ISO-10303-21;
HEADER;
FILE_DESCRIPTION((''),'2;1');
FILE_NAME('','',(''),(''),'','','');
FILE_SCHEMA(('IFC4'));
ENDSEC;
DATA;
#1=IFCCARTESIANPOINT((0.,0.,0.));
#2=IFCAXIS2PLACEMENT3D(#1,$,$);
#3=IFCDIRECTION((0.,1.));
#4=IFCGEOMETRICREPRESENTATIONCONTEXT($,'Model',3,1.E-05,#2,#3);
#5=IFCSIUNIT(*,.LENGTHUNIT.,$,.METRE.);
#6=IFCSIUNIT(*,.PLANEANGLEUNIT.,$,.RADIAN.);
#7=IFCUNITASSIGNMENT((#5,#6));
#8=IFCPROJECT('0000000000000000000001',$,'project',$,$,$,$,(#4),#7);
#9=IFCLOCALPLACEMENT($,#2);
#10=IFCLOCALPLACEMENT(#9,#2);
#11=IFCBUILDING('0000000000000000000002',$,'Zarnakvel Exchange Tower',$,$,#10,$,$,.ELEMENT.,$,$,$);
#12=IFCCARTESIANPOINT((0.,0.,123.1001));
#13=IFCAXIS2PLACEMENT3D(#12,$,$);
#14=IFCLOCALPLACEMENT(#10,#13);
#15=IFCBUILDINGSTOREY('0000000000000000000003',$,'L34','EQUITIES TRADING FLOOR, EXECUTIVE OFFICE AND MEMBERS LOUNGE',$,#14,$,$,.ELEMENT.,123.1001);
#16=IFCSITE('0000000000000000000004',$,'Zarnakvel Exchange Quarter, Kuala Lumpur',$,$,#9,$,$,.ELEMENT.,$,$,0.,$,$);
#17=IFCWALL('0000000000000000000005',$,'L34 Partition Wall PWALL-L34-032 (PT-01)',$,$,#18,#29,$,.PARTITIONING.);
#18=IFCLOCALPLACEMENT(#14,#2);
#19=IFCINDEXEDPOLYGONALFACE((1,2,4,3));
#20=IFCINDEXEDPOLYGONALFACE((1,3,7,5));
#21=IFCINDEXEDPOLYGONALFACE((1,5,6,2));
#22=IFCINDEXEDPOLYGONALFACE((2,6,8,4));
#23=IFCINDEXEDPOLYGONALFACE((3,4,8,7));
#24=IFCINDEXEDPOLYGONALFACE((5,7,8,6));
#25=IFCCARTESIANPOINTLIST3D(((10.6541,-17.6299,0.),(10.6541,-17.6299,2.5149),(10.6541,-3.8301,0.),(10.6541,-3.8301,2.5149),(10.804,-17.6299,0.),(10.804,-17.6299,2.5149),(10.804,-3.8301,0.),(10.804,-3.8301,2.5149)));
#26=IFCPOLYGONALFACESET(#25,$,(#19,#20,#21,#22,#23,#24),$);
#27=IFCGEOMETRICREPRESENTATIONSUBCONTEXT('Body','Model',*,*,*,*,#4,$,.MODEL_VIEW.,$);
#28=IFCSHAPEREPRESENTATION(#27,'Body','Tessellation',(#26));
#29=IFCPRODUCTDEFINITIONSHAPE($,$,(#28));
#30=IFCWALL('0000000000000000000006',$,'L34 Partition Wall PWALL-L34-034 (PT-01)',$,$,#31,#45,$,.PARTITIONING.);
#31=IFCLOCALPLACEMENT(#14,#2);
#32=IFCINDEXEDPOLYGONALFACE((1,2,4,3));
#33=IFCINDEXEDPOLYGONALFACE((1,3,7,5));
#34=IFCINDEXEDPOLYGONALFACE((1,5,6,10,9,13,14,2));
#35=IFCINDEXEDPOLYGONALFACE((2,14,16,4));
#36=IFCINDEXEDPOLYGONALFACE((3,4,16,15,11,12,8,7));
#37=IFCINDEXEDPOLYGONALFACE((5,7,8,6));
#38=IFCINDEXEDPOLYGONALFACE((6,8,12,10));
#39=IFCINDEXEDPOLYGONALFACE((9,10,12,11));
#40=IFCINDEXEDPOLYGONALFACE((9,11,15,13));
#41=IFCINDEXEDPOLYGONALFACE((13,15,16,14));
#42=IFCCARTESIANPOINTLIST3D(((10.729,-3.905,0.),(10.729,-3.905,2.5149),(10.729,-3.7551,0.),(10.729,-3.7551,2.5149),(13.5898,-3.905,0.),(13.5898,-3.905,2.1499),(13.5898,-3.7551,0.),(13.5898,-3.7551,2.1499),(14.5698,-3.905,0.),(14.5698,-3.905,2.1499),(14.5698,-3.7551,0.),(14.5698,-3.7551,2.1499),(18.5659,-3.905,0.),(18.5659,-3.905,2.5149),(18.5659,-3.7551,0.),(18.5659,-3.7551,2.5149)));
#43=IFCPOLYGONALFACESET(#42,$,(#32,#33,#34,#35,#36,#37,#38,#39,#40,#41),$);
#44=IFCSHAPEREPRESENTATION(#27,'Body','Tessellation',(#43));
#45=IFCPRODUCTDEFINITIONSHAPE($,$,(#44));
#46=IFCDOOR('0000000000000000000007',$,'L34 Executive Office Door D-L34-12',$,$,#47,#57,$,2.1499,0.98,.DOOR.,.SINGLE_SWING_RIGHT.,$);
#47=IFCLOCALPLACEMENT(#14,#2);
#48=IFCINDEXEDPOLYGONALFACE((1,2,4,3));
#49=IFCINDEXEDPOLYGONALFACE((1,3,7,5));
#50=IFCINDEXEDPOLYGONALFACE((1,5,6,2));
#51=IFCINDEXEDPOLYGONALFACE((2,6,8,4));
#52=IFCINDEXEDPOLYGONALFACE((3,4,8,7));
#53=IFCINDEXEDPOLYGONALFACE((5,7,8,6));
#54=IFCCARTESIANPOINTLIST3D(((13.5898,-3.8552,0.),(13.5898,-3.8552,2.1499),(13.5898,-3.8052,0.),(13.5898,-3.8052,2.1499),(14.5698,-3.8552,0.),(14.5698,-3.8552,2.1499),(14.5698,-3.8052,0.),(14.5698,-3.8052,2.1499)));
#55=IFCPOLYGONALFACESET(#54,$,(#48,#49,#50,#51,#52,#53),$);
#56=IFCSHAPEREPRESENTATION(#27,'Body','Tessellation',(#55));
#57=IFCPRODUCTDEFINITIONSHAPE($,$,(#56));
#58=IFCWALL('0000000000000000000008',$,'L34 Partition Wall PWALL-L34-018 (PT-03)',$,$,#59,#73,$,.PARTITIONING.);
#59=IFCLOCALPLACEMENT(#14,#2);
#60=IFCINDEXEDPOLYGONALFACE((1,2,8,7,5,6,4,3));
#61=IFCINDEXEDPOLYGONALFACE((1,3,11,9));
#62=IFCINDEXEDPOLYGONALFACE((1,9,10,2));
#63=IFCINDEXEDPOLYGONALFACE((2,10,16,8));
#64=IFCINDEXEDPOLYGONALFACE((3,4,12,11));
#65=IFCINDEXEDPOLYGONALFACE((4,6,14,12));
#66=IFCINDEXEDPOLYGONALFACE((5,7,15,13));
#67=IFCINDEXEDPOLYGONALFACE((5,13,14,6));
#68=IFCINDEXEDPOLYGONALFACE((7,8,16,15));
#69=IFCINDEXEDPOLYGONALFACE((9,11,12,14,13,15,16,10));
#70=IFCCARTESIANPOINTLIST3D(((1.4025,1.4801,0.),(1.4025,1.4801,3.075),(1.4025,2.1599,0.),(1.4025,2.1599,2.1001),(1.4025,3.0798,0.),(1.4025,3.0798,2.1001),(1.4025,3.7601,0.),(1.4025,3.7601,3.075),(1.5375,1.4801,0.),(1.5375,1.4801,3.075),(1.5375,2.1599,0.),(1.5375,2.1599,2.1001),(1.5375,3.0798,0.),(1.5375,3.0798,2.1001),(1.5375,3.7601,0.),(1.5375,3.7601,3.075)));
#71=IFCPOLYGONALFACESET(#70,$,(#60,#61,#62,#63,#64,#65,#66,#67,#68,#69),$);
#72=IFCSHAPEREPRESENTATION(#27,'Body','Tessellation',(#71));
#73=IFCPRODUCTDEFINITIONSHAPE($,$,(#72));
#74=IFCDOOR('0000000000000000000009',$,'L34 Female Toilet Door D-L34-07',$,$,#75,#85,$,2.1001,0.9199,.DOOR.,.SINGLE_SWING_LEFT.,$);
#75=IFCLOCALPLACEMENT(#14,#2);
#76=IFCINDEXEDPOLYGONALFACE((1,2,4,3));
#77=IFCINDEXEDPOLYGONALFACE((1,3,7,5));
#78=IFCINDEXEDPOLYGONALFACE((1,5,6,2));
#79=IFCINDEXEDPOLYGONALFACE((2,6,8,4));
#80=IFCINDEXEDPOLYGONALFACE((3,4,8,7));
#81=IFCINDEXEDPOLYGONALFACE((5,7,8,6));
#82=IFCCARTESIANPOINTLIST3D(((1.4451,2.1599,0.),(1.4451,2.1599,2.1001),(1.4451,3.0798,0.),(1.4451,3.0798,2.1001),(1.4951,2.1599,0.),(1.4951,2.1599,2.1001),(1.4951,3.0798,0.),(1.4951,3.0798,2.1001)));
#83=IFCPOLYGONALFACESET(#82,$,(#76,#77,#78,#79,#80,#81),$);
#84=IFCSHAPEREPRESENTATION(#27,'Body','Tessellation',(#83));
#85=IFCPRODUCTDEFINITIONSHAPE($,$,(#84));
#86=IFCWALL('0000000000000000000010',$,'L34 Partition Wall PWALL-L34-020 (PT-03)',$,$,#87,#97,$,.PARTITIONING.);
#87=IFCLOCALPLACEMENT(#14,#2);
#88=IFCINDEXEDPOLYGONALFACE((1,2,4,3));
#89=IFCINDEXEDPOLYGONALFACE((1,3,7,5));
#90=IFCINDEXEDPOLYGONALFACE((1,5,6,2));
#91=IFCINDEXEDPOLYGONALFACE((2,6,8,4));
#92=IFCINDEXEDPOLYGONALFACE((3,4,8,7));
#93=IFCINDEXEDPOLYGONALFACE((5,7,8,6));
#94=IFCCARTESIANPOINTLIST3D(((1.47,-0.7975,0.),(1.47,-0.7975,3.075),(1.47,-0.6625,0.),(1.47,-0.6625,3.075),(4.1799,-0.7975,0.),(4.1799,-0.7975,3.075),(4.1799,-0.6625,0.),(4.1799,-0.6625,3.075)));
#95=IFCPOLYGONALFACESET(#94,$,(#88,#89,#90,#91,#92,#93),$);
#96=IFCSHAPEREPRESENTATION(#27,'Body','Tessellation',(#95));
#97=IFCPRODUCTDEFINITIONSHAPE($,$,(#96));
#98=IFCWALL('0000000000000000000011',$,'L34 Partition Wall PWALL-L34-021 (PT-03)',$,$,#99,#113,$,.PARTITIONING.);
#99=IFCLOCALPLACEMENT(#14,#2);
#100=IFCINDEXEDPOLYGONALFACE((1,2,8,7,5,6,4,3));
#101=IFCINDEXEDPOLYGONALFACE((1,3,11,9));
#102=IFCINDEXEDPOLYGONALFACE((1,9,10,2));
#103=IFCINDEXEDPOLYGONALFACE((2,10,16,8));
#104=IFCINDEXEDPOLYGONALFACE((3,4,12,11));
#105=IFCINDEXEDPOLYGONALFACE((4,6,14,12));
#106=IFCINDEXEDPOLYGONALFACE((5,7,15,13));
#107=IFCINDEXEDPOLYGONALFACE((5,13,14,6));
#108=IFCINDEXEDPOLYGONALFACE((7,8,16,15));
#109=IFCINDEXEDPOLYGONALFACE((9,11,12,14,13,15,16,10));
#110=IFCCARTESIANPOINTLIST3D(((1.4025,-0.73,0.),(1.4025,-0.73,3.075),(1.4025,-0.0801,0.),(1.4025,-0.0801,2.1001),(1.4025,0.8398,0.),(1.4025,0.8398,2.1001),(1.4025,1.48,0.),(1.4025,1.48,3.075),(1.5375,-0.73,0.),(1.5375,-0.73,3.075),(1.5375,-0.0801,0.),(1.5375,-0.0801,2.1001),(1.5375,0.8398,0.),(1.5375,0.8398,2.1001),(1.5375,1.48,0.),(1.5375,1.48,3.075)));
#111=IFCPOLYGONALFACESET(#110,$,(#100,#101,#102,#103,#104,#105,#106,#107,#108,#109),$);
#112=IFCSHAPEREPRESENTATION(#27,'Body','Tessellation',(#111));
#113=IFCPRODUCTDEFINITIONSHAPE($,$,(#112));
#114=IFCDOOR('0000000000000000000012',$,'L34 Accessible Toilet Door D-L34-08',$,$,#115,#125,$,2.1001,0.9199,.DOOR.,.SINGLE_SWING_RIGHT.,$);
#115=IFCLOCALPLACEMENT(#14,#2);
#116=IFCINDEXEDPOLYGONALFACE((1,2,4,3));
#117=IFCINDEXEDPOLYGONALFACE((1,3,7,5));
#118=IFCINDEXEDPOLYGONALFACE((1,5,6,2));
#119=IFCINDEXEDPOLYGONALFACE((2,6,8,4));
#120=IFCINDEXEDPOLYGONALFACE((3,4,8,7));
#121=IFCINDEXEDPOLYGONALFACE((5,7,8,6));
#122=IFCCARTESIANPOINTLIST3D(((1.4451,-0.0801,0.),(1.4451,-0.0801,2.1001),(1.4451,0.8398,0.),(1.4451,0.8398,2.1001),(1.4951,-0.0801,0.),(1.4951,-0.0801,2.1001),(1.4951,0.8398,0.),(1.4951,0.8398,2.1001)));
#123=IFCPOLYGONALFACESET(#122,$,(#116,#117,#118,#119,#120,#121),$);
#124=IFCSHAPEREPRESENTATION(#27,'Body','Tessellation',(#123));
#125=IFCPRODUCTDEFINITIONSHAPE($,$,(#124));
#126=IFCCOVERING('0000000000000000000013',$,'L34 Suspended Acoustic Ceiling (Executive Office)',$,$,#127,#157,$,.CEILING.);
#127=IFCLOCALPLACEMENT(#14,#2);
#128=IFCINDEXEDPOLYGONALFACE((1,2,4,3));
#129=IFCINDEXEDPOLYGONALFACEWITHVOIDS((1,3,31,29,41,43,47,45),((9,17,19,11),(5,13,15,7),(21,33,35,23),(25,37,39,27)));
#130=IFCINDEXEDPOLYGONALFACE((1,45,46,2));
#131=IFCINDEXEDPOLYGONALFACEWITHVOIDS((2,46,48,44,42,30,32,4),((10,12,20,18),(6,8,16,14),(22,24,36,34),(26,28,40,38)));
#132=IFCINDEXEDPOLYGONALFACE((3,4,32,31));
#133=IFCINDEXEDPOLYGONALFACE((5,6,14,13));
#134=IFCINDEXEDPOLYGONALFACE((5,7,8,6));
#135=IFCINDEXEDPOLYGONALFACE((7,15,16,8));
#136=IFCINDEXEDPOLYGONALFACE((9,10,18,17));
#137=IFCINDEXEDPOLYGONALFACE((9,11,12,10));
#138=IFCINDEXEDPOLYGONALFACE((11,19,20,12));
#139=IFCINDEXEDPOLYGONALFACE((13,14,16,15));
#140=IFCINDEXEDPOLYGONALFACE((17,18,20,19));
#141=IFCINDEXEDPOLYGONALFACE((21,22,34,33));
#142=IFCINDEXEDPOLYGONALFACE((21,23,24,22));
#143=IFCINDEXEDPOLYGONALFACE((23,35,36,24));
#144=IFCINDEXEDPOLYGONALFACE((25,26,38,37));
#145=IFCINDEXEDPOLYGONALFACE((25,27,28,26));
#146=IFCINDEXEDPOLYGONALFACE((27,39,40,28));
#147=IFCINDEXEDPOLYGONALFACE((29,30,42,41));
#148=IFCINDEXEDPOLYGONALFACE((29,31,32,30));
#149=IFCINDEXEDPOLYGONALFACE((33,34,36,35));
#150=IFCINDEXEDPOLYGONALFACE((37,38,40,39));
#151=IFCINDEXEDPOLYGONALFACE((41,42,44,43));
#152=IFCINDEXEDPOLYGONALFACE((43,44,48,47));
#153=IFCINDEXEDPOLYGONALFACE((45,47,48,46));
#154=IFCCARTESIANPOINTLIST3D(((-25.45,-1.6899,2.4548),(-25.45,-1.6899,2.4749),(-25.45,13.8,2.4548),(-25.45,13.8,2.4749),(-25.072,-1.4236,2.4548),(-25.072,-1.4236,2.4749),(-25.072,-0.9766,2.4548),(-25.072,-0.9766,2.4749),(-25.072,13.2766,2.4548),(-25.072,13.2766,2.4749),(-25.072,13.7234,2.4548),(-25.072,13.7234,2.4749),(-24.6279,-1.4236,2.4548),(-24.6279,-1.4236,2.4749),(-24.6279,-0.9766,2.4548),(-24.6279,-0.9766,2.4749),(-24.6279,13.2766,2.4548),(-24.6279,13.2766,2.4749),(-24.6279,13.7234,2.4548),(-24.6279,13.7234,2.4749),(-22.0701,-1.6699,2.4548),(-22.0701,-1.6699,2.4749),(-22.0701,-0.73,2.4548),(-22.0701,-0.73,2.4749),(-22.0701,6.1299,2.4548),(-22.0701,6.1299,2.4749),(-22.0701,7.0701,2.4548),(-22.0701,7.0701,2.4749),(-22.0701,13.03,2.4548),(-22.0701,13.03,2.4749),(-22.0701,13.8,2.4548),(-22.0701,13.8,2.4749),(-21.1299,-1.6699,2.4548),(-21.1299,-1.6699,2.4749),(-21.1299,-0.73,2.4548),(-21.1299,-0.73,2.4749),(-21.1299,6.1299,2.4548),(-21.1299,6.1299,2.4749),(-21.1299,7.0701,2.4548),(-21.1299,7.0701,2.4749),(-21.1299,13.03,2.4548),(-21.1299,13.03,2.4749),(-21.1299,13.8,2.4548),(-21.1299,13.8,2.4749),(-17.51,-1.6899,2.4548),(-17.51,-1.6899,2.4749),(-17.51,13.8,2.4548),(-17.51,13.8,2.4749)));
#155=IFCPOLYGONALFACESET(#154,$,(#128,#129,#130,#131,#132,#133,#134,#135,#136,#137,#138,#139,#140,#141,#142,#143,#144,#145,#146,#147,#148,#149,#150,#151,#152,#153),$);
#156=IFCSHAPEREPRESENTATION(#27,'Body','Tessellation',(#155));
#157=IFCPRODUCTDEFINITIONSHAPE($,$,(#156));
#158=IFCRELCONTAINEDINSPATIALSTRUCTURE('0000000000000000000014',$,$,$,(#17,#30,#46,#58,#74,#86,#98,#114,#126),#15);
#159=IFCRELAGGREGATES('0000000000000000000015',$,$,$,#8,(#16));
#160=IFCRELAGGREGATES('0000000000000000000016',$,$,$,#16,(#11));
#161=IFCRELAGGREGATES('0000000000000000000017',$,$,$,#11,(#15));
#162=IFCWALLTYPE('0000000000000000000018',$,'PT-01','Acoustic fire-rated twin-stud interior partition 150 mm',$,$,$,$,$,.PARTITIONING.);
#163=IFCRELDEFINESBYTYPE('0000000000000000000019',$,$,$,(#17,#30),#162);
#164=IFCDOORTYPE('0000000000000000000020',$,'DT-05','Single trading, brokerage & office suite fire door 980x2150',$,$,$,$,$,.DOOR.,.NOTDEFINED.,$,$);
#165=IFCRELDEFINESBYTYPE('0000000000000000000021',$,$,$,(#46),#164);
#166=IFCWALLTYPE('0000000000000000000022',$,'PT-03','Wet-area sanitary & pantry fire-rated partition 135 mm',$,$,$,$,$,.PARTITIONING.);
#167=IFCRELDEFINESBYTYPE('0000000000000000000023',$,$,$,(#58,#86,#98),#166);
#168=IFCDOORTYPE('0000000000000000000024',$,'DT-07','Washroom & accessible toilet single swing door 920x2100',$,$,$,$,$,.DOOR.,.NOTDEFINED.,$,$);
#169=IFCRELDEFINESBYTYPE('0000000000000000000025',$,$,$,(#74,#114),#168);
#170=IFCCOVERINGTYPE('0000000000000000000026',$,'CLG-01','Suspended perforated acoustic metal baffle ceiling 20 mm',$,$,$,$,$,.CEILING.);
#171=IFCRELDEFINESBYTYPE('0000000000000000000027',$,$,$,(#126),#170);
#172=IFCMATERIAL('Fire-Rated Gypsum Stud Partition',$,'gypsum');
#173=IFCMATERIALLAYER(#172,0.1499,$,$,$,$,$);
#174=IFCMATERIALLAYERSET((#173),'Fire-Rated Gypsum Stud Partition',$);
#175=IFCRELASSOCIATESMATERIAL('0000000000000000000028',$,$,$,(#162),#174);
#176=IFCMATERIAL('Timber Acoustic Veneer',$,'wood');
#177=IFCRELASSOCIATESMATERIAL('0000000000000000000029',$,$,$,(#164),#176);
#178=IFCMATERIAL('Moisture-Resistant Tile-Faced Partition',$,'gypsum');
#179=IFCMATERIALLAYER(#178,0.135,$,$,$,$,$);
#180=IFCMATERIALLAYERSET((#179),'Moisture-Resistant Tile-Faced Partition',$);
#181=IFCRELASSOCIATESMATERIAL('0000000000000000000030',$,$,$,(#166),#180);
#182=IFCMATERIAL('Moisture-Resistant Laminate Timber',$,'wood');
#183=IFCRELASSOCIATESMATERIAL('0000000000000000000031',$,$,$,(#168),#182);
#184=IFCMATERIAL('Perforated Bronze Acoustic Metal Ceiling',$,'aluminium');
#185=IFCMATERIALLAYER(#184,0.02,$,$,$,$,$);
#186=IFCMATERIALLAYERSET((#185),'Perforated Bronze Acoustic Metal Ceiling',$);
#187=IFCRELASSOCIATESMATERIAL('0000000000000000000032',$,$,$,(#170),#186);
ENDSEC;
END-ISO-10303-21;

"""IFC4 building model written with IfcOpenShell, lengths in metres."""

from ifc_helpers import new_model, si_unit, direction, frame, frame_2d, origin, place, context, subcontext, project, spatial, polyline, rectangle, outline, extrude, source, transform, mapped, material, layer, layer_set, type_object, element, fill, save


model = new_model("IFC4")

# Units and contexts
model_context = context("Model", 3, precision=1e-05, world=origin(), true_north=direction((0.0, 1.0)))
body_context = subcontext(model_context, "Body", "Model", "MODEL_VIEW")
ifc_project = project(units=[si_unit("LENGTHUNIT", "METRE"), si_unit("PLANEANGLEUNIT", "RADIAN")], contexts=[model_context])

# Site, building, storey
site_placement = place(None, origin())
site = spatial("IfcSite", under=ifc_project, at=site_placement, Name="Zarnakvel Exchange Quarter, Kuala Lumpur", CompositionType="ELEMENT", RefElevation=0.0)
building_placement = place(site_placement, origin())
building = spatial("IfcBuilding", under=site, at=building_placement, Name="Zarnakvel Exchange Tower", CompositionType="ELEMENT")
storey_placement = place(building_placement, frame((0.0, 0.0, 123.1001)))
storey = spatial("IfcBuildingStorey", under=building, at=storey_placement, Name="L34", Description="EQUITIES TRADING FLOOR, EXECUTIVE OFFICE AND MEMBERS LOUNGE", CompositionType="ELEMENT", Elevation=123.1001)

# Shared definitions
ifc_material_1 = material(Name="Fire-Rated Gypsum Stud Partition", Category="gypsum")
ifc_layer_1 = layer(ifc_material_1, 0.1499)
ifc_layer_set_1 = layer_set([ifc_layer_1], Name="Fire-Rated Gypsum Stud Partition")
wall_type_1 = type_object("IfcWallType", Name="PT-01", Description="Acoustic fire-rated twin-stud interior partition 150 mm", PredefinedType="PARTITIONING", material=ifc_layer_set_1)
ifc_material_2 = material(Name="Timber Acoustic Veneer", Category="wood")
door_type_1 = type_object("IfcDoorType", Name="DT-05", Description="Single trading, brokerage & office suite fire door 980x2150", OperationType="NOTDEFINED", PredefinedType="DOOR", material=ifc_material_2)
shared_shape_1 = source(origin(), body_context, "Body", "SweptSolid", [
    extrude(rectangle(XDim=0.98, YDim=2.1499, at=frame_2d((0.49, 1.075))), frame((0.0, 0.0249, 0.0), z_axis=(0.0, -1.0, 0.0), x_axis=(1.0, 0.0, 0.0)), (0.0, 0.0, 1.0), 0.05),
])

# Wall
wall_1_placement = place(storey_placement, frame((10.729, -3.8301, 0.0), z_axis=(0.0, 0.0, 1.0), x_axis=(0.0, -1.0, 0.0)))
element("IfcWall", 1, at=wall_1_placement, inside=storey, type_object=wall_type_1, Name="L34 Partition Wall PWALL-L34-032 (PT-01)", PredefinedType="PARTITIONING", context=body_context, shape_type="SweptSolid", body=[
    extrude(rectangle(XDim=13.7998, YDim=0.1499, at=frame_2d((6.8999, 0.0))), origin(), (0.0, 0.0, 1.0), 2.5149),
])

# Walls, openings, doors
wall_2_placement = place(storey_placement, frame((10.729, -3.8301, 0.0), z_axis=(0.0, 0.0, 1.0), x_axis=(1.0, 0.0, 0.0)))
wall_2 = element("IfcWall", 2, at=wall_2_placement, inside=storey, type_object=wall_type_1, Name="L34 Partition Wall PWALL-L34-034 (PT-01)", PredefinedType="PARTITIONING", context=body_context, shape_type="SweptSolid", body=[
    extrude(rectangle(XDim=7.8369, YDim=0.1499, at=frame_2d((3.9185, 0.0))), origin(), (0.0, 0.0, 1.0), 2.5149),
])
opening_1_placement = place(wall_2_placement, frame((2.8608, 0.0, 0.0)))
opening_1 = element("IfcOpeningElement", 3, at=opening_1_placement, cuts=wall_2, PredefinedType="OPENING", context=body_context, shape_type="SweptSolid", body=[
    extrude(rectangle(XDim=0.98, YDim=2.1499, at=frame_2d((0.49, 1.075))), frame((0.0, 0.085, 0.0), z_axis=(0.0, -1.0, 0.0), x_axis=(1.0, 0.0, 0.0)), (0.0, 0.0, 1.0), 0.1699),
])
door_1_placement = place(opening_1_placement, origin())
door_1 = element("IfcDoor", 4, at=door_1_placement, inside=storey, type_object=door_type_1, Name="L34 Executive Office Door D-L34-12", OperationType="SINGLE_SWING_RIGHT", OverallHeight=2.1499, OverallWidth=0.98, PredefinedType="DOOR", context=body_context, shape_type="MappedRepresentation", body=[
    mapped(shared_shape_1, transform((0.0, 0.0, 0.0), x_axis=(1.0, 0.0, 0.0), y_axis=(0.0, 1.0, 0.0), z_axis=(0.0, 0.0, 1.0), scale=1.0)),
])
fill(opening_1, door_1)
ifc_material_3 = material(Name="Moisture-Resistant Tile-Faced Partition", Category="gypsum")
ifc_layer_2 = layer(ifc_material_3, 0.135)
ifc_layer_set_2 = layer_set([ifc_layer_2], Name="Moisture-Resistant Tile-Faced Partition")
wall_type_2 = type_object("IfcWallType", Name="PT-03", Description="Wet-area sanitary & pantry fire-rated partition 135 mm", PredefinedType="PARTITIONING", material=ifc_layer_set_2)
wall_3_placement = place(storey_placement, frame((1.47, 1.48, 0.0), z_axis=(0.0, 0.0, 1.0), x_axis=(0.0, 1.0, 0.0)))
wall_3 = element("IfcWall", 5, at=wall_3_placement, inside=storey, type_object=wall_type_2, Name="L34 Partition Wall PWALL-L34-018 (PT-03)", PredefinedType="PARTITIONING", context=body_context, shape_type="SweptSolid", body=[
    extrude(rectangle(XDim=2.28, YDim=0.135, at=frame_2d((1.1401, 0.0))), origin(), (0.0, 0.0, 1.0), 3.075),
])
opening_2_placement = place(wall_3_placement, frame((0.6799, 0.0, 0.0)))
opening_2 = element("IfcOpeningElement", 6, at=opening_2_placement, cuts=wall_3, PredefinedType="OPENING", context=body_context, shape_type="SweptSolid", body=[
    extrude(rectangle(XDim=0.9199, YDim=2.1001, at=frame_2d((0.46, 1.05))), frame((0.0, 0.0774, 0.0), z_axis=(0.0, -1.0, 0.0), x_axis=(1.0, 0.0, 0.0)), (0.0, 0.0, 1.0), 0.155),
])
ifc_material_4 = material(Name="Moisture-Resistant Laminate Timber", Category="wood")
door_type_2 = type_object("IfcDoorType", Name="DT-07", Description="Washroom & accessible toilet single swing door 920x2100", OperationType="NOTDEFINED", PredefinedType="DOOR", material=ifc_material_4)
shared_shape_2 = source(origin(), body_context, "Body", "SweptSolid", [
    extrude(rectangle(XDim=0.9199, YDim=2.1001, at=frame_2d((0.46, 1.05))), frame((0.0, 0.0249, 0.0), z_axis=(0.0, -1.0, 0.0), x_axis=(1.0, 0.0, 0.0)), (0.0, 0.0, 1.0), 0.05),
])
door_2_placement = place(opening_2_placement, origin())
door_2 = element("IfcDoor", 7, at=door_2_placement, inside=storey, type_object=door_type_2, Name="L34 Female Toilet Door D-L34-07", OperationType="SINGLE_SWING_LEFT", OverallHeight=2.1001, OverallWidth=0.9199, PredefinedType="DOOR", context=body_context, shape_type="MappedRepresentation", body=[
    mapped(shared_shape_2, transform((0.0, 0.0, 0.0), x_axis=(1.0, 0.0, 0.0), y_axis=(0.0, 1.0, 0.0), z_axis=(0.0, 0.0, 1.0), scale=1.0)),
])
fill(opening_2, door_2)

# Wall
wall_4_placement = place(storey_placement, frame((4.1799, -0.73, 0.0), z_axis=(0.0, 0.0, 1.0), x_axis=(-1.0, 0.0, 0.0)))
element("IfcWall", 8, at=wall_4_placement, inside=storey, type_object=wall_type_2, Name="L34 Partition Wall PWALL-L34-020 (PT-03)", PredefinedType="PARTITIONING", context=body_context, shape_type="SweptSolid", body=[
    extrude(rectangle(XDim=2.71, YDim=0.135, at=frame_2d((1.355, 0.0))), origin(), (0.0, 0.0, 1.0), 3.075),
])

# Wall, opening, door
wall_5_placement = place(storey_placement, frame((1.47, -0.73, 0.0), z_axis=(0.0, 0.0, 1.0), x_axis=(0.0, 1.0, 0.0)))
wall_5 = element("IfcWall", 9, at=wall_5_placement, inside=storey, type_object=wall_type_2, Name="L34 Partition Wall PWALL-L34-021 (PT-03)", PredefinedType="PARTITIONING", context=body_context, shape_type="SweptSolid", body=[
    extrude(rectangle(XDim=2.21, YDim=0.135, at=frame_2d((1.105, 0.0))), origin(), (0.0, 0.0, 1.0), 3.075),
])
opening_3_placement = place(wall_5_placement, frame((0.6499, 0.0, 0.0)))
opening_3 = element("IfcOpeningElement", 10, at=opening_3_placement, cuts=wall_5, PredefinedType="OPENING", context=body_context, shape_type="SweptSolid", body=[
    extrude(rectangle(XDim=0.9199, YDim=2.1001, at=frame_2d((0.46, 1.05))), frame((0.0, 0.0774, 0.0), z_axis=(0.0, -1.0, 0.0), x_axis=(1.0, 0.0, 0.0)), (0.0, 0.0, 1.0), 0.155),
])
door_3_placement = place(opening_3_placement, origin())
door_3 = element("IfcDoor", 11, at=door_3_placement, inside=storey, type_object=door_type_2, Name="L34 Accessible Toilet Door D-L34-08", OperationType="SINGLE_SWING_RIGHT", OverallHeight=2.1001, OverallWidth=0.9199, PredefinedType="DOOR", context=body_context, shape_type="MappedRepresentation", body=[
    mapped(shared_shape_2, transform((0.0, 0.0, 0.0), x_axis=(1.0, 0.0, 0.0), y_axis=(0.0, 1.0, 0.0), z_axis=(0.0, 0.0, 1.0), scale=1.0)),
])
fill(opening_3, door_3)

# Covering
ifc_material_5 = material(Name="Perforated Bronze Acoustic Metal Ceiling", Category="aluminium")
ifc_layer_3 = layer(ifc_material_5, 0.02)
ifc_layer_set_3 = layer_set([ifc_layer_3], Name="Perforated Bronze Acoustic Metal Ceiling")
covering_type_1 = type_object("IfcCoveringType", Name="CLG-01", Description="Suspended perforated acoustic metal baffle ceiling 20 mm", PredefinedType="CEILING", material=ifc_layer_set_3)
covering_1_placement = place(storey_placement, frame((0.0, 0.0, 2.4548)))
element("IfcCovering", 12, at=covering_1_placement, inside=storey, type_object=covering_type_1, Name="L34 Suspended Acoustic Ceiling (Executive Office)", PredefinedType="CEILING", context=body_context, shape_type="SweptSolid", body=[
    extrude(outline(polyline([(-25.45, 13.8), (-22.0701, 13.8), (-22.0701, 13.03), (-21.1299, 13.03), (-21.1299, 13.8), (-17.51, 13.8), (-17.51, -1.6899), (-25.45, -1.6899), (-25.45, 13.8)]), holes=[polyline([(-21.1299, 6.1299), (-21.1299, 7.0701), (-22.0701, 7.0701), (-22.0701, 6.1299), (-21.1299, 6.1299)]), polyline([(-21.1299, -1.6699), (-21.1299, -0.73), (-22.0701, -0.73), (-22.0701, -1.6699), (-21.1299, -1.6699)]), polyline([(-24.6279, 13.2766), (-24.6279, 13.7234), (-25.072, 13.7234), (-25.072, 13.2766), (-24.6279, 13.2766)]), polyline([(-24.6279, -1.4236), (-24.6279, -0.9766), (-25.072, -0.9766), (-25.072, -1.4236), (-24.6279, -1.4236)])]), origin(), (0.0, 0.0, 1.0), 0.02),
])

save(model, "model.ifc")
